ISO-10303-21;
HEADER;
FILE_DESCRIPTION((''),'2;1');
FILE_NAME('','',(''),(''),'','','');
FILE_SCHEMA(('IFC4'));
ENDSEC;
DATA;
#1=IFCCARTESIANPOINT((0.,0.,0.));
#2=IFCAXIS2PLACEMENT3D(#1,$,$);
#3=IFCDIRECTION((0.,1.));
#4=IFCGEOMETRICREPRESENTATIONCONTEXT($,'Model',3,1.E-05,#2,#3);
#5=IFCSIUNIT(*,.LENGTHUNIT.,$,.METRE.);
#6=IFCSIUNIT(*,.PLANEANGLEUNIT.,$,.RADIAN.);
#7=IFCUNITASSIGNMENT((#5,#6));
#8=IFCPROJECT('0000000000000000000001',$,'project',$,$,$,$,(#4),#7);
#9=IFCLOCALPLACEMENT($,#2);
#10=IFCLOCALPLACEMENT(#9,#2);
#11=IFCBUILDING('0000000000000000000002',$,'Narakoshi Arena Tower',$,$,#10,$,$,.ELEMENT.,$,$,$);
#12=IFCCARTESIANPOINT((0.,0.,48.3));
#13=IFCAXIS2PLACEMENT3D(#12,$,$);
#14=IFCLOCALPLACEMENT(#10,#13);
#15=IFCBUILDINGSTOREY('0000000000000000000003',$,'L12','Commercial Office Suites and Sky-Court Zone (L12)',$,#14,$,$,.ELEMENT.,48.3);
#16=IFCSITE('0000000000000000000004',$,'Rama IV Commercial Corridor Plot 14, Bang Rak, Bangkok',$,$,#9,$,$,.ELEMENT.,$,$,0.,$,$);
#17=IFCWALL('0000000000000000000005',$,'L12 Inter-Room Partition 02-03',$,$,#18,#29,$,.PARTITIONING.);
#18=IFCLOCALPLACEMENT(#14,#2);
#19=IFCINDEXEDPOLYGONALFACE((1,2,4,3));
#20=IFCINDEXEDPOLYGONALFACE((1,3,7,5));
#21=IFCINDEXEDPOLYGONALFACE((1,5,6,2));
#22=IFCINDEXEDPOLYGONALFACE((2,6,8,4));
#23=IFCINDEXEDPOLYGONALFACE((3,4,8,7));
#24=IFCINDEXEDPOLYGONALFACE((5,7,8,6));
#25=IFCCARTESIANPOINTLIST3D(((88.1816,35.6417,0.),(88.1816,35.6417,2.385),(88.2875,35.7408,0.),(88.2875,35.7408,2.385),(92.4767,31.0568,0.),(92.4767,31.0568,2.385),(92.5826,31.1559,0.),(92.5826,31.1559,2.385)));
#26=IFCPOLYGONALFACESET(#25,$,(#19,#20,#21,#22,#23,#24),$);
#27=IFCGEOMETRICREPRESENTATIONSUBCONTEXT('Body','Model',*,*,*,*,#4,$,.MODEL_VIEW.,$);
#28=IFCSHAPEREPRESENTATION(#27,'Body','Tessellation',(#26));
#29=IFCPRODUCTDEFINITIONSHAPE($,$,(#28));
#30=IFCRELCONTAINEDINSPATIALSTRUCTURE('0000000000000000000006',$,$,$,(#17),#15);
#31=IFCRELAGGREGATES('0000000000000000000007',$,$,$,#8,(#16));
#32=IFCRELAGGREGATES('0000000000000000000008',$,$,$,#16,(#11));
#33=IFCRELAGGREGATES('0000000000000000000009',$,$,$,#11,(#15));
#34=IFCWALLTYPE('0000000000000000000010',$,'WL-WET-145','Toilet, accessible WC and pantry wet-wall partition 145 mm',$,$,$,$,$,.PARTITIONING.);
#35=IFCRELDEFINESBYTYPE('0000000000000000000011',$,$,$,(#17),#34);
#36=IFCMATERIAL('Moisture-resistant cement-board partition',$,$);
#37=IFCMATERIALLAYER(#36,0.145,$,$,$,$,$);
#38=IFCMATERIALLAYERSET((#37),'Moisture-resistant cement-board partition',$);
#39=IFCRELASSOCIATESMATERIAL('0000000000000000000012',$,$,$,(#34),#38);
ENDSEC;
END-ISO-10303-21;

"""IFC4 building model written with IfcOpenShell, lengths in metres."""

from ifc_helpers import new_model, si_unit, direction, frame, frame_2d, origin, place, context, subcontext, project, spatial, rectangle, extrude, material, layer, layer_set, type_object, element, save


model = new_model("IFC4")

# Units and contexts
model_context = context("Model", 3, precision=1e-05, world=origin(), true_north=direction((0.0, 1.0)))
body_context = subcontext(model_context, "Body", "Model", "MODEL_VIEW")
ifc_project = project(units=[si_unit("LENGTHUNIT", "METRE"), si_unit("PLANEANGLEUNIT", "RADIAN")], contexts=[model_context])

# Site, building, storey
site_placement = place(None, origin())
site = spatial("IfcSite", under=ifc_project, at=site_placement, Name="Rama IV Commercial Corridor Plot 14, Bang Rak, Bangkok", CompositionType="ELEMENT", RefElevation=0.0)
building_placement = place(site_placement, origin())
building = spatial("IfcBuilding", under=site, at=building_placement, Name="Narakoshi Arena Tower", CompositionType="ELEMENT")
storey_placement = place(building_placement, frame((0.0, 0.0, 48.3)))
storey = spatial("IfcBuildingStorey", under=building, at=storey_placement, Name="L12", Description="Commercial Office Suites and Sky-Court Zone (L12)", CompositionType="ELEMENT", Elevation=48.3)

# Wall
ifc_material_1 = material(Name="Moisture-resistant cement-board partition")
ifc_layer_1 = layer(ifc_material_1, 0.145)
ifc_layer_set_1 = layer_set([ifc_layer_1], Name="Moisture-resistant cement-board partition")
wall_type_1 = type_object("IfcWallType", Name="WL-WET-145", Description="Toilet, accessible WC and pantry wet-wall partition 145 mm", PredefinedType="PARTITIONING", material=ifc_layer_set_1)
wall_1_placement = place(storey_placement, frame((88.2346, 35.6912, 0.0), z_axis=(0.0, 0.0, 1.0), x_axis=(0.683667, -0.729794, 0.0)))
element("IfcWall", 1, at=wall_1_placement, inside=storey, type_object=wall_type_1, Name="L12 Inter-Room Partition 02-03", PredefinedType="PARTITIONING", context=body_context, shape_type="SweptSolid", body=[
    extrude(rectangle(XDim=6.2825, YDim=0.145, at=frame_2d((3.1411, 0.0))), origin(), (0.0, 0.0, 1.0), 2.385),
])

save(model, "model.ifc")
